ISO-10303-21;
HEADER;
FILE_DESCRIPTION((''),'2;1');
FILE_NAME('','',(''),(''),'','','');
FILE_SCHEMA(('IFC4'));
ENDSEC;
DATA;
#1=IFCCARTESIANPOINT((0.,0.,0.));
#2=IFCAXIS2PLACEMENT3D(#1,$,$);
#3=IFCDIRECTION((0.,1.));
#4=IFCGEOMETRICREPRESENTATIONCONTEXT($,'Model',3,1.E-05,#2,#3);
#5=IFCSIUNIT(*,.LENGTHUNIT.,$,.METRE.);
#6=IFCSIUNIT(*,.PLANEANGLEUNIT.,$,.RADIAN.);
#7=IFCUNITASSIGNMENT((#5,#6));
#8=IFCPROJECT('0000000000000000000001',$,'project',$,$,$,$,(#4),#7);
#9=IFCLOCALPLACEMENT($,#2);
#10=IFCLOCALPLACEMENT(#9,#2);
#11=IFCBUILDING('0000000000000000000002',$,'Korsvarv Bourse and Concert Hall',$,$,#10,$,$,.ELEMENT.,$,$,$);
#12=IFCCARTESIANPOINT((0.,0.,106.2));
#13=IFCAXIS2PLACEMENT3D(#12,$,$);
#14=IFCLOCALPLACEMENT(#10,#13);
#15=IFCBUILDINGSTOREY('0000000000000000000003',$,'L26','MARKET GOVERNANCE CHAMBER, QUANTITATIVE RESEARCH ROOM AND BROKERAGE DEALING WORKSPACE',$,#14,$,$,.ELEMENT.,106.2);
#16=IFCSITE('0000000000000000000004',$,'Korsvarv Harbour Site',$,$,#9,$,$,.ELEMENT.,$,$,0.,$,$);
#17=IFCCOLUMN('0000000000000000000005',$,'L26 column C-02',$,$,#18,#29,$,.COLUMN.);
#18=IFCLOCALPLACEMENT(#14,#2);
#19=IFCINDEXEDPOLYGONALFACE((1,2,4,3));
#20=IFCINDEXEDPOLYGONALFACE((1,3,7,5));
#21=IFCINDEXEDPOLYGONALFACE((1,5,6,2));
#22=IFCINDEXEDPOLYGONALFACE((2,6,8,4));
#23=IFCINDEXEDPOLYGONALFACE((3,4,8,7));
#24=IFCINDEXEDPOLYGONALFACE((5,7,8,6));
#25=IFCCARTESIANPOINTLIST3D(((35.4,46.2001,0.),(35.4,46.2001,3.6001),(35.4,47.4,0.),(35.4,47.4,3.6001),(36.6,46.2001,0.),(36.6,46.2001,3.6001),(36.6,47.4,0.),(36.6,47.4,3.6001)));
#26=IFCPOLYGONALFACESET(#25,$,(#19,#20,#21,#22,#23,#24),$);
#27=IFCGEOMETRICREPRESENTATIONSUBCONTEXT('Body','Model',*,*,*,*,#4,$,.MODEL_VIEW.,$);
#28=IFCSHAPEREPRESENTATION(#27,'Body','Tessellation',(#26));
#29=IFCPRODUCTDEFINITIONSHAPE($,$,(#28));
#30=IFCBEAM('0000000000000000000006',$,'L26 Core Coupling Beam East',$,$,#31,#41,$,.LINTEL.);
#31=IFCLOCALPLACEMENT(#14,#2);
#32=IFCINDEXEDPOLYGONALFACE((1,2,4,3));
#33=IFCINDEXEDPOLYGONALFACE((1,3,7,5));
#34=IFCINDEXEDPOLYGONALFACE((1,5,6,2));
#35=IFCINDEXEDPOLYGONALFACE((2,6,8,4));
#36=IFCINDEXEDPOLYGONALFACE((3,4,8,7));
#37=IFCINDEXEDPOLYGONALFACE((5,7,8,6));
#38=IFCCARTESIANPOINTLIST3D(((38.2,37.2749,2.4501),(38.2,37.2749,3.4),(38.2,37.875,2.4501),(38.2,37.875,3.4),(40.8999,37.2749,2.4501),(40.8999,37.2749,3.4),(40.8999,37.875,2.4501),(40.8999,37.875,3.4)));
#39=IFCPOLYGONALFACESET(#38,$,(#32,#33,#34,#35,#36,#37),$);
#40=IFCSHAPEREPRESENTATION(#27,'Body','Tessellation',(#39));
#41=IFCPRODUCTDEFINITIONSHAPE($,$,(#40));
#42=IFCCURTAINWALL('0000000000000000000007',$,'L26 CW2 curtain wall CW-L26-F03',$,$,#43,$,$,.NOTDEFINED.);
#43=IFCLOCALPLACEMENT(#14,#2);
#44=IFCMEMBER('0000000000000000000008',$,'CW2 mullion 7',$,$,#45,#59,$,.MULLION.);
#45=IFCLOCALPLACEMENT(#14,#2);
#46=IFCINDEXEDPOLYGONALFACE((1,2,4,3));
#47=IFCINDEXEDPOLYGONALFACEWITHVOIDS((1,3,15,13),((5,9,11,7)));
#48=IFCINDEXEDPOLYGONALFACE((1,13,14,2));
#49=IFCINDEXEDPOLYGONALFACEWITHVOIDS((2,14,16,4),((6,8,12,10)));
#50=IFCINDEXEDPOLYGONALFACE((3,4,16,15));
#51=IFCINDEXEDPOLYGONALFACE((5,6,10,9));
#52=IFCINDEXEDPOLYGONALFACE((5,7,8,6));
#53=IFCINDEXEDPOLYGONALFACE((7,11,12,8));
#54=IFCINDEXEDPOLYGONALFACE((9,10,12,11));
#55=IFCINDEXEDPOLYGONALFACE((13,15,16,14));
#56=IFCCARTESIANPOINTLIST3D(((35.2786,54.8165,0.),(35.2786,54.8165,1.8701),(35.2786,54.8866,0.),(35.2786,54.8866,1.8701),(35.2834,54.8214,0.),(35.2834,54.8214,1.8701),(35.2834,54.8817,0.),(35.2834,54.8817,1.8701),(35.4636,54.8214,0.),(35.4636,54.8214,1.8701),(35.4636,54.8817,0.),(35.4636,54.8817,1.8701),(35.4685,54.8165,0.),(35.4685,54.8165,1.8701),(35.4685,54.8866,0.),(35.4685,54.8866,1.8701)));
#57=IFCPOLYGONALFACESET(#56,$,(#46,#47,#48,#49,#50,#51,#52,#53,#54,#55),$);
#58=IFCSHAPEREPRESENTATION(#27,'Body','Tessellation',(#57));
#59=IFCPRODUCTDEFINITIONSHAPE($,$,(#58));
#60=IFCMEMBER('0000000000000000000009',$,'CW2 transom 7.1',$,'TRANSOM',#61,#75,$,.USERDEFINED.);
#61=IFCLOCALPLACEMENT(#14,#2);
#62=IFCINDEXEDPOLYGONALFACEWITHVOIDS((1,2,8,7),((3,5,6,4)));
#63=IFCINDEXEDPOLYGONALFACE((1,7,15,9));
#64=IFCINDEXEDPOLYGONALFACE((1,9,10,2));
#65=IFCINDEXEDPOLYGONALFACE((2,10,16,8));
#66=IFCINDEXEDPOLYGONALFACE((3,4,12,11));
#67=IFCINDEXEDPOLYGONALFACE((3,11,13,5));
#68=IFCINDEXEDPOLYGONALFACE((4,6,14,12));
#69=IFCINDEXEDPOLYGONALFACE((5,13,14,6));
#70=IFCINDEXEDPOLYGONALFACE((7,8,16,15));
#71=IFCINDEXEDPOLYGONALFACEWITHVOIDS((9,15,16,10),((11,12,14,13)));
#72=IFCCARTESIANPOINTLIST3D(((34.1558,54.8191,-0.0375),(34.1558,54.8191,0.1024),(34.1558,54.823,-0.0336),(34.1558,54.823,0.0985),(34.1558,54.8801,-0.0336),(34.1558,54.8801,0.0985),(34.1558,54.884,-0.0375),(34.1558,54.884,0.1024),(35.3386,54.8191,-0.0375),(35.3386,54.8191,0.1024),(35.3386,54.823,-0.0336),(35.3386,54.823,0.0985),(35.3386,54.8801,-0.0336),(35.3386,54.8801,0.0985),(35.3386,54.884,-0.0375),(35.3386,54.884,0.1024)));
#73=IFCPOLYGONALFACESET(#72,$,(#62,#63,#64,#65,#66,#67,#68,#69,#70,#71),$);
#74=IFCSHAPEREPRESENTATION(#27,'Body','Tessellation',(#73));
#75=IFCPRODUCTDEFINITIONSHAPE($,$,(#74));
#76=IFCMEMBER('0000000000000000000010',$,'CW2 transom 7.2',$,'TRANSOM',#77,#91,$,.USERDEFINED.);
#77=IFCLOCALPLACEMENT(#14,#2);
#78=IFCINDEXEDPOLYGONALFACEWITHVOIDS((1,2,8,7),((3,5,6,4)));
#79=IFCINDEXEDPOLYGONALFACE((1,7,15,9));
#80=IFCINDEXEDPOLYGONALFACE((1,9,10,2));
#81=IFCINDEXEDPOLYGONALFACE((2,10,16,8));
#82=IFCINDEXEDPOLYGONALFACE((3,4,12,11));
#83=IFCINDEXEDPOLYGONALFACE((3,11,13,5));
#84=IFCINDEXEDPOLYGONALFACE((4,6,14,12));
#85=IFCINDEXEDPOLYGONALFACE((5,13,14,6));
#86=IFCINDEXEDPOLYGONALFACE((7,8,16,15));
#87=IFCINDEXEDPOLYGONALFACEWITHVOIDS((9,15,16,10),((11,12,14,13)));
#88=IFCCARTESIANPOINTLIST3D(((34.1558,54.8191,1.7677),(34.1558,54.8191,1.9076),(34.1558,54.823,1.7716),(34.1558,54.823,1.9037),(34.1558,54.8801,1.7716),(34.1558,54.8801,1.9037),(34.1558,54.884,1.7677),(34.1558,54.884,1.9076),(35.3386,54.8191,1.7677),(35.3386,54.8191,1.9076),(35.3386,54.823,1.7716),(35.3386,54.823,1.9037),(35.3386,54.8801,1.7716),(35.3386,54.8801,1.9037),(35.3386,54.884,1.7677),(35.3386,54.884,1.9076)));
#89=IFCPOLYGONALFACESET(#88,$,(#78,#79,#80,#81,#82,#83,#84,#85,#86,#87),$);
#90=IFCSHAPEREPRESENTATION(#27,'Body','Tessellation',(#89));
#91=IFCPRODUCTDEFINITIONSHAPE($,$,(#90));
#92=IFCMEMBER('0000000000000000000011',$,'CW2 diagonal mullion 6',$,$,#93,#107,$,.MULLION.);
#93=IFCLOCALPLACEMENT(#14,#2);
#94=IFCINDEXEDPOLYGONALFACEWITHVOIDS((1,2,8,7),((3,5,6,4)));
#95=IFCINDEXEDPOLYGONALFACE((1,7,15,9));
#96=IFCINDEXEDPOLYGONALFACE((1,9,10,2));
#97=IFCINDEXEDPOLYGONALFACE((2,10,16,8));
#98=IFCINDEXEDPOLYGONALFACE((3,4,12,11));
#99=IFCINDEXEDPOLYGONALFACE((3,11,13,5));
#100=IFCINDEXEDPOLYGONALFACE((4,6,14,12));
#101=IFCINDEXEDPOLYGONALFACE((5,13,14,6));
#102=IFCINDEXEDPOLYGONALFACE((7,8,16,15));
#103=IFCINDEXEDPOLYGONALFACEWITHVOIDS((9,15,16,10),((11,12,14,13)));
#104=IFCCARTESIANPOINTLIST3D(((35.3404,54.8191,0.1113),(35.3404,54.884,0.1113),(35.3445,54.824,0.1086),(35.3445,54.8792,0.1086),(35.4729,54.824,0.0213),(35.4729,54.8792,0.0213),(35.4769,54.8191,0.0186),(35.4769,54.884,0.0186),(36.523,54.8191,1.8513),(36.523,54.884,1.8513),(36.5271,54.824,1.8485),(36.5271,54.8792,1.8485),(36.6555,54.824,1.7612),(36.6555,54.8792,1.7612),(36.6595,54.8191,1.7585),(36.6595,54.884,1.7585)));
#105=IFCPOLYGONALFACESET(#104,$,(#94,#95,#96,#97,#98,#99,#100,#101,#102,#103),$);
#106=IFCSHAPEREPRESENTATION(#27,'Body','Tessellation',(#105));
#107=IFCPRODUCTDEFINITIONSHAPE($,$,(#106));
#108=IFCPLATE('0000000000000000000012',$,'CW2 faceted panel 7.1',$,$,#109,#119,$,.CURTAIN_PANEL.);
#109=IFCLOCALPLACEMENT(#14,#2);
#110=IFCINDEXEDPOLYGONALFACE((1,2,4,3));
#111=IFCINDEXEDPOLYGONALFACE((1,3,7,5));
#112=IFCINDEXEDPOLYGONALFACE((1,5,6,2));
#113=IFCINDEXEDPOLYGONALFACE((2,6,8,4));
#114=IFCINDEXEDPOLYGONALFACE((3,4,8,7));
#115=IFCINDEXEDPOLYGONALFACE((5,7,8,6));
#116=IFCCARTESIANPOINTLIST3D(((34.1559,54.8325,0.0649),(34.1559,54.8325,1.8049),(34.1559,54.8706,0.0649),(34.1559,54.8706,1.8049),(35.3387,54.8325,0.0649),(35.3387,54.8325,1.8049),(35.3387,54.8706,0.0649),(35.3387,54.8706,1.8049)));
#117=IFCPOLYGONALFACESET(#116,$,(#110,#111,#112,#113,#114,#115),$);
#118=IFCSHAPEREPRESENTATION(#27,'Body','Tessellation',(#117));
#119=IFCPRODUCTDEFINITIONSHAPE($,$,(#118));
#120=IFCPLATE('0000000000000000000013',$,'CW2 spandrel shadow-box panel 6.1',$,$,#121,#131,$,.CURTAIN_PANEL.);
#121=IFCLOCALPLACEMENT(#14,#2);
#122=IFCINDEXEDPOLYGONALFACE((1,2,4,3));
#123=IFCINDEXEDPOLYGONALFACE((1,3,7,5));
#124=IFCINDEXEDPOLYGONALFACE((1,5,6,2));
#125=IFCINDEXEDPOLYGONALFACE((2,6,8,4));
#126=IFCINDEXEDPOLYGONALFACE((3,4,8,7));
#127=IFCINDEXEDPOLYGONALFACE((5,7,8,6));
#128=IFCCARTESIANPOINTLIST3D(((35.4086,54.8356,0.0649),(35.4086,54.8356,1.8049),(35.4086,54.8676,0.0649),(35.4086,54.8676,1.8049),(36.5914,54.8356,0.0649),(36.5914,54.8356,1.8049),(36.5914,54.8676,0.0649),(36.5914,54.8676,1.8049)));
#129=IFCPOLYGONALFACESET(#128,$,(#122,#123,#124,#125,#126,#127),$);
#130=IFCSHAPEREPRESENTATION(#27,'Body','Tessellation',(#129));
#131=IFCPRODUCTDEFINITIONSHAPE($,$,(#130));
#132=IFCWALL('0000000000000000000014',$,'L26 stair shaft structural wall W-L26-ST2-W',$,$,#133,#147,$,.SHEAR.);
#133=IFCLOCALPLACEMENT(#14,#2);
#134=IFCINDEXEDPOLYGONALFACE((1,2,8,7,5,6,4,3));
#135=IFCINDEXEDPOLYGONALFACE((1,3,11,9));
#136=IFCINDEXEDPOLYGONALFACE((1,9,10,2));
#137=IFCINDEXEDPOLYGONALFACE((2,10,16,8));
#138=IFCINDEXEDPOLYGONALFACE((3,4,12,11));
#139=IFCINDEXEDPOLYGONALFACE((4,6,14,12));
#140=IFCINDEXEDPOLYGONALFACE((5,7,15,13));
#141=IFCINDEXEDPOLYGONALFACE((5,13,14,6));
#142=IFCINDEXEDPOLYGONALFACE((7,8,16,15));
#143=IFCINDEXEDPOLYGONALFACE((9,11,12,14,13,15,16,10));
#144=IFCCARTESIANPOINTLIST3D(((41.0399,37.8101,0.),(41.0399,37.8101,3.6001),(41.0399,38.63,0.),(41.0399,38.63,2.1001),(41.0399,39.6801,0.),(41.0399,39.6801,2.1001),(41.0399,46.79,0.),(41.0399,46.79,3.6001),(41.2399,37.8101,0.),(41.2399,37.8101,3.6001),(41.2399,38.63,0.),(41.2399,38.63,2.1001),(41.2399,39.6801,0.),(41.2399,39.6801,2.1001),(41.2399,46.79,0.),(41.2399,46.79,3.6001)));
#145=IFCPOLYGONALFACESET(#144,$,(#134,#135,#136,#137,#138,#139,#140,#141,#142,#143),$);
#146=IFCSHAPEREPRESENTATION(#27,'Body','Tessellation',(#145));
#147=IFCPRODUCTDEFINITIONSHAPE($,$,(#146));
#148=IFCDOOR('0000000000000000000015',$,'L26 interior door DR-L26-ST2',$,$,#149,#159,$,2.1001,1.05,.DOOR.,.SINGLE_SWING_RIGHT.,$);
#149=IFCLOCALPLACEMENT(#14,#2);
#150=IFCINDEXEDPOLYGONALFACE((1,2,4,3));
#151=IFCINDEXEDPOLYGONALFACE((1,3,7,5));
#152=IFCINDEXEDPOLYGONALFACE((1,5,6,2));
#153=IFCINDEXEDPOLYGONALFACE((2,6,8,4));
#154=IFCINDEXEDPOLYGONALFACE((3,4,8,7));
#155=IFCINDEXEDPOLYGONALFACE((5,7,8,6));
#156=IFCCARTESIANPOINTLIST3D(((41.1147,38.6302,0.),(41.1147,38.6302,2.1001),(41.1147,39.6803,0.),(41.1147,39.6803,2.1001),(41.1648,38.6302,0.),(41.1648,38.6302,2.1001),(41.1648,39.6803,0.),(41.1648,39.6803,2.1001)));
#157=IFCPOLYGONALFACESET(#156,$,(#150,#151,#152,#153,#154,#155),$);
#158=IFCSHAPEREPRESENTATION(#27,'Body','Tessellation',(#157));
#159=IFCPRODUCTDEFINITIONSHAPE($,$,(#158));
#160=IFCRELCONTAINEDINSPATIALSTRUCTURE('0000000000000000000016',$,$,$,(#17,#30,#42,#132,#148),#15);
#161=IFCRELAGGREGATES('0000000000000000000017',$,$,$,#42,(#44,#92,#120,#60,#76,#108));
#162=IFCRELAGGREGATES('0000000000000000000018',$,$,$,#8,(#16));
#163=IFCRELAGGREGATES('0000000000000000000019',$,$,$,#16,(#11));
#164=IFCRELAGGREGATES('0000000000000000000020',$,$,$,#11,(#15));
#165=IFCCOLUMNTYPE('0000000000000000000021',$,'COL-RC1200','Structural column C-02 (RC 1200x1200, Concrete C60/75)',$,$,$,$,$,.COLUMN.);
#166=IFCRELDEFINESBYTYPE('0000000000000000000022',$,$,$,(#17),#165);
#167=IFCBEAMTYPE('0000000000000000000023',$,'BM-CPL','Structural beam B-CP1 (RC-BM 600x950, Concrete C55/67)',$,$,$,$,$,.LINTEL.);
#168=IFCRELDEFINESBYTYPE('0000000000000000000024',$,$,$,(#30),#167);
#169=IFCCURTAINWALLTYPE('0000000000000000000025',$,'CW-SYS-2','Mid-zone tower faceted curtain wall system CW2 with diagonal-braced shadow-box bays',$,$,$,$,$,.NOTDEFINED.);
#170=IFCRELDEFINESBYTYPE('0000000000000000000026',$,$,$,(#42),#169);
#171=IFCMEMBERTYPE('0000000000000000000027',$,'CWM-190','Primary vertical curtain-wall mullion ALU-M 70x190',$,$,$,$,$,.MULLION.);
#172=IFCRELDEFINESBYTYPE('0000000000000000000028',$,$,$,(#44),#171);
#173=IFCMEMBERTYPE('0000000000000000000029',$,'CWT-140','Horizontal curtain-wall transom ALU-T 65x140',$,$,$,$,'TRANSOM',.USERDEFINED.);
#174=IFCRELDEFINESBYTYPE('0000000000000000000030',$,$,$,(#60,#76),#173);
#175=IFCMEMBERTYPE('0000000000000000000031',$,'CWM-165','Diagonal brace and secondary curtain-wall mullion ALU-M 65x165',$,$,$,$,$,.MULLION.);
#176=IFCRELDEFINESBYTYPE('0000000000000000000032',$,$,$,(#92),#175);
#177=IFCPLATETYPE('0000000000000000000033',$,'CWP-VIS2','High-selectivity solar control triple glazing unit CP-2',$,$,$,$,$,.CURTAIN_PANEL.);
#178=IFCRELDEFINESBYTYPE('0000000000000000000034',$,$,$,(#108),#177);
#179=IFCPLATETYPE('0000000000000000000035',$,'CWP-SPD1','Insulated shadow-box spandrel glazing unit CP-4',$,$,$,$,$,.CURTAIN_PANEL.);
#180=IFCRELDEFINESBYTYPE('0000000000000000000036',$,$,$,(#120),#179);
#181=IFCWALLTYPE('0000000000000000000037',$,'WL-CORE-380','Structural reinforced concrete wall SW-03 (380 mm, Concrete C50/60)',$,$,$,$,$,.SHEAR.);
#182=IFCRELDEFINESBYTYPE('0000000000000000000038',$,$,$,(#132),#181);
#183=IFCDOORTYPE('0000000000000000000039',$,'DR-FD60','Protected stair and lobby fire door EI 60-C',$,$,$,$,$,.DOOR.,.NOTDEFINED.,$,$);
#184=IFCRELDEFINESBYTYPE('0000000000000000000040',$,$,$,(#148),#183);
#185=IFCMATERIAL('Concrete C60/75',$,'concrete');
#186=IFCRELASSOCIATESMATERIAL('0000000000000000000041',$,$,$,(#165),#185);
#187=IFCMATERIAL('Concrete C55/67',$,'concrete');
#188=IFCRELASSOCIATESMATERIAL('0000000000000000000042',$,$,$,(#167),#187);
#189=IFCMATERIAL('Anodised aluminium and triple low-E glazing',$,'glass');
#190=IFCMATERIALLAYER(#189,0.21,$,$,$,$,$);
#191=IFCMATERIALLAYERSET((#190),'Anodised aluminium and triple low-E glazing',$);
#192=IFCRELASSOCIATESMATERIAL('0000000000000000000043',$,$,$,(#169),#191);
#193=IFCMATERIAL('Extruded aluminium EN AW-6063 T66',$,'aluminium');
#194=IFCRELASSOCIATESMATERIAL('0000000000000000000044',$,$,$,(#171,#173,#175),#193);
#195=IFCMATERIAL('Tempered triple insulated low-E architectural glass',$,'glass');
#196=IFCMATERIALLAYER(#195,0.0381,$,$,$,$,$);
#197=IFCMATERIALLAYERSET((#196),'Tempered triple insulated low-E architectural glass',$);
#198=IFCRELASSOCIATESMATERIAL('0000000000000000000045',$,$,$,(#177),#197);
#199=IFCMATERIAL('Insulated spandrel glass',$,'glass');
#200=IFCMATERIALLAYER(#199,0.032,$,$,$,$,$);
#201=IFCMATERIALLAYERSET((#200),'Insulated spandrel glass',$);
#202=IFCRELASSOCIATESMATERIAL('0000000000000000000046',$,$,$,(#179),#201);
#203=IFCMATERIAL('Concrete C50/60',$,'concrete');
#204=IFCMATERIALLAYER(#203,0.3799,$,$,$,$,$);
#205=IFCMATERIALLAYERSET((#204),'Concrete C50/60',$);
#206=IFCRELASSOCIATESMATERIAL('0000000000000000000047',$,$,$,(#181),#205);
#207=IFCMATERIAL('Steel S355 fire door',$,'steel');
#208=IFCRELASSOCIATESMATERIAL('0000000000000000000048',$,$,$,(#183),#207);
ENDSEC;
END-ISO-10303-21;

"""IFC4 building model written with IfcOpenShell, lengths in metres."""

from ifc_helpers import new_model, si_unit, direction, frame, frame_2d, origin, origin_2d, place, context, subcontext, project, spatial, rectangle, hollow_rectangle, extrude, source, transform, mapped, material, layer, layer_set, material_profile, profile_set, type_object, element, fill, aggregate, save


model = new_model("IFC4")

# Units and contexts
model_context = context("Model", 3, precision=1e-05, world=origin(), true_north=direction((0.0, 1.0)))
body_context = subcontext(model_context, "Body", "Model", "MODEL_VIEW")
ifc_project = project(units=[si_unit("LENGTHUNIT", "METRE"), si_unit("PLANEANGLEUNIT", "RADIAN")], contexts=[model_context])

# Site, building, storey
site_placement = place(None, origin())
site = spatial("IfcSite", under=ifc_project, at=site_placement, Name="Korsvarv Harbour Site", CompositionType="ELEMENT", RefElevation=0.0)
building_placement = place(site_placement, origin())
building = spatial("IfcBuilding", under=site, at=building_placement, Name="Korsvarv Bourse and Concert Hall", CompositionType="ELEMENT")
storey_placement = place(building_placement, frame((0.0, 0.0, 106.2)))
storey = spatial("IfcBuildingStorey", under=building, at=storey_placement, Name="L26", Description="MARKET GOVERNANCE CHAMBER, QUANTITATIVE RESEARCH ROOM AND BROKERAGE DEALING WORKSPACE", CompositionType="ELEMENT", Elevation=106.2)

# Column
ifc_material_1 = material(Name="Concrete C60/75", Category="concrete")
ifc_material_profile_1 = material_profile(ifc_material_1, rectangle(XDim=1.2, YDim=1.2, at=origin_2d()), Name="RC 1200x1200")
ifc_profile_set_1 = profile_set([ifc_material_profile_1], Name="Concrete C60/75")
column_type = type_object("IfcColumnType", Name="COL-RC1200", Description="Structural column C-02 (RC 1200x1200, Concrete C60/75)", PredefinedType="COLUMN", material=ifc_profile_set_1)
shared_shape_1 = source(origin(), body_context, "Body", "SweptSolid", [
    extrude(rectangle(XDim=1.2, YDim=1.2, at=origin_2d()), origin(), (0.0, 0.0, 1.0), 3.6001),
])
column_placement = place(storey_placement, frame((36.0, 46.8, 0.0), z_axis=(0.0, 0.0, 1.0), x_axis=(1.0, 0.0, 0.0)))
element("IfcColumn", 1, at=column_placement, inside=storey, type_object=column_type, Name="L26 column C-02", PredefinedType="COLUMN", context=body_context, shape_type="MappedRepresentation", body=[
    mapped(shared_shape_1, transform((0.0, 0.0, 0.0), scale=1.0)),
])

# Beam
ifc_material_2 = material(Name="Concrete C55/67", Category="concrete")
ifc_material_profile_2 = material_profile(ifc_material_2, rectangle(XDim=0.6001, YDim=0.95, at=origin_2d()), Name="RC-BM 600x950")
ifc_profile_set_2 = profile_set([ifc_material_profile_2], Name="Concrete C55/67")
beam_type = type_object("IfcBeamType", Name="BM-CPL", Description="Structural beam B-CP1 (RC-BM 600x950, Concrete C55/67)", PredefinedType="LINTEL", material=ifc_profile_set_2)
shared_shape_2 = source(origin(), body_context, "Body", "SweptSolid", [
    extrude(rectangle(XDim=0.6001, YDim=0.95, at=origin_2d()), origin(), (0.0, 0.0, 1.0), 2.7),
])
beam_placement = place(storey_placement, frame((38.2, 37.575, 2.925), z_axis=(1.0, 0.0, 0.0), x_axis=(0.0, 1.0, 0.0)))
element("IfcBeam", 2, at=beam_placement, inside=storey, type_object=beam_type, Name="L26 Core Coupling Beam East", PredefinedType="LINTEL", context=body_context, shape_type="MappedRepresentation", body=[
    mapped(shared_shape_2, transform((0.0, 0.0, 0.0), scale=1.0)),
])

# Curtain wall, members, plates
ifc_material_3 = material(Name="Anodised aluminium and triple low-E glazing", Category="glass")
ifc_layer_1 = layer(ifc_material_3, 0.21)
ifc_layer_set_1 = layer_set([ifc_layer_1], Name="Anodised aluminium and triple low-E glazing")
curtain_wall_type = type_object("IfcCurtainWallType", Name="CW-SYS-2", Description="Mid-zone tower faceted curtain wall system CW2 with diagonal-braced shadow-box bays", PredefinedType="NOTDEFINED", material=ifc_layer_set_1)
curtain_wall_placement = place(storey_placement, origin())
curtain_wall = element("IfcCurtainWall", 3, at=curtain_wall_placement, inside=storey, type_object=curtain_wall_type, Name="L26 CW2 curtain wall CW-L26-F03", PredefinedType="NOTDEFINED")
ifc_material_4 = material(Name="Extruded aluminium EN AW-6063 T66", Category="aluminium")
ifc_material_profile_3 = material_profile(ifc_material_4, hollow_rectangle(XDim=0.0701, YDim=0.1899, WallThickness=0.0049, at=origin_2d()), Name="ALU-M 70x190")
ifc_profile_set_3 = profile_set([ifc_material_profile_3], Name="Extruded aluminium EN AW-6063 T66")
member_type_1 = type_object("IfcMemberType", Name="CWM-190", Description="Primary vertical curtain-wall mullion ALU-M 70x190", PredefinedType="MULLION", material=ifc_profile_set_3)
shared_shape_3 = source(origin(), body_context, "Body", "SweptSolid", [
    extrude(hollow_rectangle(XDim=0.0701, YDim=0.1899, WallThickness=0.0049, at=origin_2d()), origin(), (0.0, 0.0, 1.0), 1.8701),
])
member_1_placement = place(storey_placement, frame((35.3735, 54.8516, 0.0), z_axis=(0.0, 0.0, 1.0), x_axis=(0.0, -1.0, 0.0)))
member_1 = element("IfcMember", 4, at=member_1_placement, type_object=member_type_1, Name="CW2 mullion 7", PredefinedType="MULLION", context=body_context, shape_type="MappedRepresentation", body=[
    mapped(shared_shape_3, transform((0.0, 0.0, 0.0), scale=1.0)),
])
ifc_material_profile_4 = material_profile(ifc_material_4, hollow_rectangle(XDim=0.0649, YDim=0.1399, WallThickness=0.0039, at=origin_2d()), Name="ALU-T 65x140")
ifc_profile_set_4 = profile_set([ifc_material_profile_4], Name="Extruded aluminium EN AW-6063 T66")
member_type_2 = type_object("IfcMemberType", Name="CWT-140", Description="Horizontal curtain-wall transom ALU-T 65x140", ElementType="TRANSOM", PredefinedType="USERDEFINED", material=ifc_profile_set_4)
shared_shape_4 = source(origin(), body_context, "Body", "SweptSolid", [
    extrude(hollow_rectangle(XDim=0.0649, YDim=0.1399, WallThickness=0.0039, at=origin_2d()), origin(), (0.0, 0.0, 1.0), 1.1829),
])
member_2_placement = place(storey_placement, frame((35.3386, 54.8516, 0.0325), z_axis=(-1.0, 0.0, 0.0), x_axis=(0.0, -1.0, 0.0)))
member_2 = element("IfcMember", 5, at=member_2_placement, type_object=member_type_2, Name="CW2 transom 7.1", ObjectType="TRANSOM", PredefinedType="USERDEFINED", context=body_context, shape_type="MappedRepresentation", body=[
    mapped(shared_shape_4, transform((0.0, 0.0, 0.0), scale=1.0)),
])
member_3_placement = place(storey_placement, frame((35.3386, 54.8516, 1.8376), z_axis=(-1.0, 0.0, 0.0), x_axis=(0.0, -1.0, 0.0)))
member_3 = element("IfcMember", 6, at=member_3_placement, type_object=member_type_2, Name="CW2 transom 7.2", ObjectType="TRANSOM", PredefinedType="USERDEFINED", context=body_context, shape_type="MappedRepresentation", body=[
    mapped(shared_shape_4, transform((0.0, 0.0, 0.0), scale=1.0)),
])
ifc_material_profile_5 = material_profile(ifc_material_4, hollow_rectangle(XDim=0.0649, YDim=0.165, WallThickness=0.0049, at=origin_2d()), Name="ALU-M 65x165")
ifc_profile_set_5 = profile_set([ifc_material_profile_5], Name="Extruded aluminium EN AW-6063 T66")
member_type_3 = type_object("IfcMemberType", Name="CWM-165", Description="Diagonal brace and secondary curtain-wall mullion ALU-M 65x165", PredefinedType="MULLION", material=ifc_profile_set_5)
shared_shape_5 = source(origin(), body_context, "Body", "SweptSolid", [
    extrude(hollow_rectangle(XDim=0.0649, YDim=0.165, WallThickness=0.0049, at=origin_2d()), origin(), (0.0, 0.0, 1.0), 2.1038),
])
member_4_placement = place(storey_placement, frame((35.4087, 54.8516, 0.0649), z_axis=(0.562123, 0.0, 0.827054), x_axis=(0.0, 1.0, 0.0)))
member_4 = element("IfcMember", 7, at=member_4_placement, type_object=member_type_3, Name="CW2 diagonal mullion 6", PredefinedType="MULLION", context=body_context, shape_type="MappedRepresentation", body=[
    mapped(shared_shape_5, transform((0.0, 0.0, 0.0), scale=1.0)),
])
ifc_material_5 = material(Name="Tempered triple insulated low-E architectural glass", Category="glass")
ifc_layer_2 = layer(ifc_material_5, 0.0381)
ifc_layer_set_2 = layer_set([ifc_layer_2], Name="Tempered triple insulated low-E architectural glass")
plate_type_1 = type_object("IfcPlateType", Name="CWP-VIS2", Description="High-selectivity solar control triple glazing unit CP-2", PredefinedType="CURTAIN_PANEL", material=ifc_layer_set_2)
shared_shape_6 = source(origin(), body_context, "Body", "SweptSolid", [
    extrude(rectangle(XDim=1.1829, YDim=0.0381, at=origin_2d()), origin(), (0.0, 0.0, 1.0), 1.74),
])
plate_1_placement = place(storey_placement, frame((34.7473, 54.8516, 0.0649), z_axis=(0.0, 0.0, 1.0), x_axis=(-1.0, 0.0, 0.0)))
plate_1 = element("IfcPlate", 8, at=plate_1_placement, type_object=plate_type_1, Name="CW2 faceted panel 7.1", PredefinedType="CURTAIN_PANEL", context=body_context, shape_type="MappedRepresentation", body=[
    mapped(shared_shape_6, transform((0.0, 0.0, 0.0), scale=1.0)),
])
ifc_material_6 = material(Name="Insulated spandrel glass", Category="glass")
ifc_layer_3 = layer(ifc_material_6, 0.032)
ifc_layer_set_3 = layer_set([ifc_layer_3], Name="Insulated spandrel glass")
plate_type_2 = type_object("IfcPlateType", Name="CWP-SPD1", Description="Insulated shadow-box spandrel glazing unit CP-4", PredefinedType="CURTAIN_PANEL", material=ifc_layer_set_3)
shared_shape_7 = source(origin(), body_context, "Body", "SweptSolid", [
    extrude(rectangle(XDim=1.1829, YDim=0.032, at=origin_2d()), origin(), (0.0, 0.0, 1.0), 1.74),
])
plate_2_placement = place(storey_placement, frame((36.0, 54.8516, 0.0649), z_axis=(0.0, 0.0, 1.0), x_axis=(-1.0, 0.0, 0.0)))
plate_2 = element("IfcPlate", 9, at=plate_2_placement, type_object=plate_type_2, Name="CW2 spandrel shadow-box panel 6.1", PredefinedType="CURTAIN_PANEL", context=body_context, shape_type="MappedRepresentation", body=[
    mapped(shared_shape_7, transform((0.0, 0.0, 0.0), scale=1.0)),
])
aggregate(curtain_wall, [member_1, member_4, plate_2, member_2, member_3, plate_1])

# Wall, opening, door
ifc_material_7 = material(Name="Concrete C50/60", Category="concrete")
ifc_layer_4 = layer(ifc_material_7, 0.3799)
ifc_layer_set_4 = layer_set([ifc_layer_4], Name="Concrete C50/60")
wall_type_1 = type_object("IfcWallType", Name="WL-CORE-380", Description="Structural reinforced concrete wall SW-03 (380 mm, Concrete C50/60)", PredefinedType="SHEAR", material=ifc_layer_set_4)
wall_1_placement = place(storey_placement, frame((41.1399, 37.8101, 0.0), z_axis=(0.0, 0.0, 1.0), x_axis=(0.0, 1.0, 0.0)))
wall_1 = element("IfcWall", 10, at=wall_1_placement, inside=storey, type_object=wall_type_1, Name="L26 stair shaft structural wall W-L26-ST2-W", PredefinedType="SHEAR", context=body_context, shape_type="SweptSolid", body=[
    extrude(rectangle(XDim=8.98, YDim=0.2, at=frame_2d((4.49, 0.0))), origin(), (0.0, 0.0, 1.0), 3.6001),
])
opening_1_placement = place(wall_1_placement, frame((0.8201, 0.0, 0.0)))
opening_1 = element("IfcOpeningElement", 11, at=opening_1_placement, cuts=wall_1, PredefinedType="OPENING", context=body_context, shape_type="SweptSolid", body=[
    extrude(rectangle(XDim=1.05, YDim=2.1001, at=frame_2d((0.5249, 1.05))), frame((0.0, 0.1099, 0.0), z_axis=(0.0, -1.0, 0.0), x_axis=(1.0, 0.0, 0.0)), (0.0, 0.0, 1.0), 0.22),
])
ifc_material_8 = material(Name="Steel S355 fire door", Category="steel")
door_type_1 = type_object("IfcDoorType", Name="DR-FD60", Description="Protected stair and lobby fire door EI 60-C", OperationType="NOTDEFINED", PredefinedType="DOOR", material=ifc_material_8)
door_1_placement = place(opening_1_placement, frame((1.05, 0.0, 0.0), z_axis=(0.0, 0.0, 1.0), x_axis=(-1.0, 0.0, 0.0)))
door_1 = element("IfcDoor", 12, at=door_1_placement, inside=storey, type_object=door_type_1, Name="L26 interior door DR-L26-ST2", OperationType="SINGLE_SWING_RIGHT", OverallHeight=2.1001, OverallWidth=1.05, PredefinedType="DOOR", context=body_context, shape_type="SweptSolid", body=[
    extrude(rectangle(XDim=1.05, YDim=2.1001, at=frame_2d((0.5249, 1.05))), frame((0.0, 0.0249, 0.0), z_axis=(0.0, -1.0, 0.0), x_axis=(1.0, 0.0, 0.0)), (0.0, 0.0, 1.0), 0.05),
])
fill(opening_1, door_1)

save(model, "model.ifc")
